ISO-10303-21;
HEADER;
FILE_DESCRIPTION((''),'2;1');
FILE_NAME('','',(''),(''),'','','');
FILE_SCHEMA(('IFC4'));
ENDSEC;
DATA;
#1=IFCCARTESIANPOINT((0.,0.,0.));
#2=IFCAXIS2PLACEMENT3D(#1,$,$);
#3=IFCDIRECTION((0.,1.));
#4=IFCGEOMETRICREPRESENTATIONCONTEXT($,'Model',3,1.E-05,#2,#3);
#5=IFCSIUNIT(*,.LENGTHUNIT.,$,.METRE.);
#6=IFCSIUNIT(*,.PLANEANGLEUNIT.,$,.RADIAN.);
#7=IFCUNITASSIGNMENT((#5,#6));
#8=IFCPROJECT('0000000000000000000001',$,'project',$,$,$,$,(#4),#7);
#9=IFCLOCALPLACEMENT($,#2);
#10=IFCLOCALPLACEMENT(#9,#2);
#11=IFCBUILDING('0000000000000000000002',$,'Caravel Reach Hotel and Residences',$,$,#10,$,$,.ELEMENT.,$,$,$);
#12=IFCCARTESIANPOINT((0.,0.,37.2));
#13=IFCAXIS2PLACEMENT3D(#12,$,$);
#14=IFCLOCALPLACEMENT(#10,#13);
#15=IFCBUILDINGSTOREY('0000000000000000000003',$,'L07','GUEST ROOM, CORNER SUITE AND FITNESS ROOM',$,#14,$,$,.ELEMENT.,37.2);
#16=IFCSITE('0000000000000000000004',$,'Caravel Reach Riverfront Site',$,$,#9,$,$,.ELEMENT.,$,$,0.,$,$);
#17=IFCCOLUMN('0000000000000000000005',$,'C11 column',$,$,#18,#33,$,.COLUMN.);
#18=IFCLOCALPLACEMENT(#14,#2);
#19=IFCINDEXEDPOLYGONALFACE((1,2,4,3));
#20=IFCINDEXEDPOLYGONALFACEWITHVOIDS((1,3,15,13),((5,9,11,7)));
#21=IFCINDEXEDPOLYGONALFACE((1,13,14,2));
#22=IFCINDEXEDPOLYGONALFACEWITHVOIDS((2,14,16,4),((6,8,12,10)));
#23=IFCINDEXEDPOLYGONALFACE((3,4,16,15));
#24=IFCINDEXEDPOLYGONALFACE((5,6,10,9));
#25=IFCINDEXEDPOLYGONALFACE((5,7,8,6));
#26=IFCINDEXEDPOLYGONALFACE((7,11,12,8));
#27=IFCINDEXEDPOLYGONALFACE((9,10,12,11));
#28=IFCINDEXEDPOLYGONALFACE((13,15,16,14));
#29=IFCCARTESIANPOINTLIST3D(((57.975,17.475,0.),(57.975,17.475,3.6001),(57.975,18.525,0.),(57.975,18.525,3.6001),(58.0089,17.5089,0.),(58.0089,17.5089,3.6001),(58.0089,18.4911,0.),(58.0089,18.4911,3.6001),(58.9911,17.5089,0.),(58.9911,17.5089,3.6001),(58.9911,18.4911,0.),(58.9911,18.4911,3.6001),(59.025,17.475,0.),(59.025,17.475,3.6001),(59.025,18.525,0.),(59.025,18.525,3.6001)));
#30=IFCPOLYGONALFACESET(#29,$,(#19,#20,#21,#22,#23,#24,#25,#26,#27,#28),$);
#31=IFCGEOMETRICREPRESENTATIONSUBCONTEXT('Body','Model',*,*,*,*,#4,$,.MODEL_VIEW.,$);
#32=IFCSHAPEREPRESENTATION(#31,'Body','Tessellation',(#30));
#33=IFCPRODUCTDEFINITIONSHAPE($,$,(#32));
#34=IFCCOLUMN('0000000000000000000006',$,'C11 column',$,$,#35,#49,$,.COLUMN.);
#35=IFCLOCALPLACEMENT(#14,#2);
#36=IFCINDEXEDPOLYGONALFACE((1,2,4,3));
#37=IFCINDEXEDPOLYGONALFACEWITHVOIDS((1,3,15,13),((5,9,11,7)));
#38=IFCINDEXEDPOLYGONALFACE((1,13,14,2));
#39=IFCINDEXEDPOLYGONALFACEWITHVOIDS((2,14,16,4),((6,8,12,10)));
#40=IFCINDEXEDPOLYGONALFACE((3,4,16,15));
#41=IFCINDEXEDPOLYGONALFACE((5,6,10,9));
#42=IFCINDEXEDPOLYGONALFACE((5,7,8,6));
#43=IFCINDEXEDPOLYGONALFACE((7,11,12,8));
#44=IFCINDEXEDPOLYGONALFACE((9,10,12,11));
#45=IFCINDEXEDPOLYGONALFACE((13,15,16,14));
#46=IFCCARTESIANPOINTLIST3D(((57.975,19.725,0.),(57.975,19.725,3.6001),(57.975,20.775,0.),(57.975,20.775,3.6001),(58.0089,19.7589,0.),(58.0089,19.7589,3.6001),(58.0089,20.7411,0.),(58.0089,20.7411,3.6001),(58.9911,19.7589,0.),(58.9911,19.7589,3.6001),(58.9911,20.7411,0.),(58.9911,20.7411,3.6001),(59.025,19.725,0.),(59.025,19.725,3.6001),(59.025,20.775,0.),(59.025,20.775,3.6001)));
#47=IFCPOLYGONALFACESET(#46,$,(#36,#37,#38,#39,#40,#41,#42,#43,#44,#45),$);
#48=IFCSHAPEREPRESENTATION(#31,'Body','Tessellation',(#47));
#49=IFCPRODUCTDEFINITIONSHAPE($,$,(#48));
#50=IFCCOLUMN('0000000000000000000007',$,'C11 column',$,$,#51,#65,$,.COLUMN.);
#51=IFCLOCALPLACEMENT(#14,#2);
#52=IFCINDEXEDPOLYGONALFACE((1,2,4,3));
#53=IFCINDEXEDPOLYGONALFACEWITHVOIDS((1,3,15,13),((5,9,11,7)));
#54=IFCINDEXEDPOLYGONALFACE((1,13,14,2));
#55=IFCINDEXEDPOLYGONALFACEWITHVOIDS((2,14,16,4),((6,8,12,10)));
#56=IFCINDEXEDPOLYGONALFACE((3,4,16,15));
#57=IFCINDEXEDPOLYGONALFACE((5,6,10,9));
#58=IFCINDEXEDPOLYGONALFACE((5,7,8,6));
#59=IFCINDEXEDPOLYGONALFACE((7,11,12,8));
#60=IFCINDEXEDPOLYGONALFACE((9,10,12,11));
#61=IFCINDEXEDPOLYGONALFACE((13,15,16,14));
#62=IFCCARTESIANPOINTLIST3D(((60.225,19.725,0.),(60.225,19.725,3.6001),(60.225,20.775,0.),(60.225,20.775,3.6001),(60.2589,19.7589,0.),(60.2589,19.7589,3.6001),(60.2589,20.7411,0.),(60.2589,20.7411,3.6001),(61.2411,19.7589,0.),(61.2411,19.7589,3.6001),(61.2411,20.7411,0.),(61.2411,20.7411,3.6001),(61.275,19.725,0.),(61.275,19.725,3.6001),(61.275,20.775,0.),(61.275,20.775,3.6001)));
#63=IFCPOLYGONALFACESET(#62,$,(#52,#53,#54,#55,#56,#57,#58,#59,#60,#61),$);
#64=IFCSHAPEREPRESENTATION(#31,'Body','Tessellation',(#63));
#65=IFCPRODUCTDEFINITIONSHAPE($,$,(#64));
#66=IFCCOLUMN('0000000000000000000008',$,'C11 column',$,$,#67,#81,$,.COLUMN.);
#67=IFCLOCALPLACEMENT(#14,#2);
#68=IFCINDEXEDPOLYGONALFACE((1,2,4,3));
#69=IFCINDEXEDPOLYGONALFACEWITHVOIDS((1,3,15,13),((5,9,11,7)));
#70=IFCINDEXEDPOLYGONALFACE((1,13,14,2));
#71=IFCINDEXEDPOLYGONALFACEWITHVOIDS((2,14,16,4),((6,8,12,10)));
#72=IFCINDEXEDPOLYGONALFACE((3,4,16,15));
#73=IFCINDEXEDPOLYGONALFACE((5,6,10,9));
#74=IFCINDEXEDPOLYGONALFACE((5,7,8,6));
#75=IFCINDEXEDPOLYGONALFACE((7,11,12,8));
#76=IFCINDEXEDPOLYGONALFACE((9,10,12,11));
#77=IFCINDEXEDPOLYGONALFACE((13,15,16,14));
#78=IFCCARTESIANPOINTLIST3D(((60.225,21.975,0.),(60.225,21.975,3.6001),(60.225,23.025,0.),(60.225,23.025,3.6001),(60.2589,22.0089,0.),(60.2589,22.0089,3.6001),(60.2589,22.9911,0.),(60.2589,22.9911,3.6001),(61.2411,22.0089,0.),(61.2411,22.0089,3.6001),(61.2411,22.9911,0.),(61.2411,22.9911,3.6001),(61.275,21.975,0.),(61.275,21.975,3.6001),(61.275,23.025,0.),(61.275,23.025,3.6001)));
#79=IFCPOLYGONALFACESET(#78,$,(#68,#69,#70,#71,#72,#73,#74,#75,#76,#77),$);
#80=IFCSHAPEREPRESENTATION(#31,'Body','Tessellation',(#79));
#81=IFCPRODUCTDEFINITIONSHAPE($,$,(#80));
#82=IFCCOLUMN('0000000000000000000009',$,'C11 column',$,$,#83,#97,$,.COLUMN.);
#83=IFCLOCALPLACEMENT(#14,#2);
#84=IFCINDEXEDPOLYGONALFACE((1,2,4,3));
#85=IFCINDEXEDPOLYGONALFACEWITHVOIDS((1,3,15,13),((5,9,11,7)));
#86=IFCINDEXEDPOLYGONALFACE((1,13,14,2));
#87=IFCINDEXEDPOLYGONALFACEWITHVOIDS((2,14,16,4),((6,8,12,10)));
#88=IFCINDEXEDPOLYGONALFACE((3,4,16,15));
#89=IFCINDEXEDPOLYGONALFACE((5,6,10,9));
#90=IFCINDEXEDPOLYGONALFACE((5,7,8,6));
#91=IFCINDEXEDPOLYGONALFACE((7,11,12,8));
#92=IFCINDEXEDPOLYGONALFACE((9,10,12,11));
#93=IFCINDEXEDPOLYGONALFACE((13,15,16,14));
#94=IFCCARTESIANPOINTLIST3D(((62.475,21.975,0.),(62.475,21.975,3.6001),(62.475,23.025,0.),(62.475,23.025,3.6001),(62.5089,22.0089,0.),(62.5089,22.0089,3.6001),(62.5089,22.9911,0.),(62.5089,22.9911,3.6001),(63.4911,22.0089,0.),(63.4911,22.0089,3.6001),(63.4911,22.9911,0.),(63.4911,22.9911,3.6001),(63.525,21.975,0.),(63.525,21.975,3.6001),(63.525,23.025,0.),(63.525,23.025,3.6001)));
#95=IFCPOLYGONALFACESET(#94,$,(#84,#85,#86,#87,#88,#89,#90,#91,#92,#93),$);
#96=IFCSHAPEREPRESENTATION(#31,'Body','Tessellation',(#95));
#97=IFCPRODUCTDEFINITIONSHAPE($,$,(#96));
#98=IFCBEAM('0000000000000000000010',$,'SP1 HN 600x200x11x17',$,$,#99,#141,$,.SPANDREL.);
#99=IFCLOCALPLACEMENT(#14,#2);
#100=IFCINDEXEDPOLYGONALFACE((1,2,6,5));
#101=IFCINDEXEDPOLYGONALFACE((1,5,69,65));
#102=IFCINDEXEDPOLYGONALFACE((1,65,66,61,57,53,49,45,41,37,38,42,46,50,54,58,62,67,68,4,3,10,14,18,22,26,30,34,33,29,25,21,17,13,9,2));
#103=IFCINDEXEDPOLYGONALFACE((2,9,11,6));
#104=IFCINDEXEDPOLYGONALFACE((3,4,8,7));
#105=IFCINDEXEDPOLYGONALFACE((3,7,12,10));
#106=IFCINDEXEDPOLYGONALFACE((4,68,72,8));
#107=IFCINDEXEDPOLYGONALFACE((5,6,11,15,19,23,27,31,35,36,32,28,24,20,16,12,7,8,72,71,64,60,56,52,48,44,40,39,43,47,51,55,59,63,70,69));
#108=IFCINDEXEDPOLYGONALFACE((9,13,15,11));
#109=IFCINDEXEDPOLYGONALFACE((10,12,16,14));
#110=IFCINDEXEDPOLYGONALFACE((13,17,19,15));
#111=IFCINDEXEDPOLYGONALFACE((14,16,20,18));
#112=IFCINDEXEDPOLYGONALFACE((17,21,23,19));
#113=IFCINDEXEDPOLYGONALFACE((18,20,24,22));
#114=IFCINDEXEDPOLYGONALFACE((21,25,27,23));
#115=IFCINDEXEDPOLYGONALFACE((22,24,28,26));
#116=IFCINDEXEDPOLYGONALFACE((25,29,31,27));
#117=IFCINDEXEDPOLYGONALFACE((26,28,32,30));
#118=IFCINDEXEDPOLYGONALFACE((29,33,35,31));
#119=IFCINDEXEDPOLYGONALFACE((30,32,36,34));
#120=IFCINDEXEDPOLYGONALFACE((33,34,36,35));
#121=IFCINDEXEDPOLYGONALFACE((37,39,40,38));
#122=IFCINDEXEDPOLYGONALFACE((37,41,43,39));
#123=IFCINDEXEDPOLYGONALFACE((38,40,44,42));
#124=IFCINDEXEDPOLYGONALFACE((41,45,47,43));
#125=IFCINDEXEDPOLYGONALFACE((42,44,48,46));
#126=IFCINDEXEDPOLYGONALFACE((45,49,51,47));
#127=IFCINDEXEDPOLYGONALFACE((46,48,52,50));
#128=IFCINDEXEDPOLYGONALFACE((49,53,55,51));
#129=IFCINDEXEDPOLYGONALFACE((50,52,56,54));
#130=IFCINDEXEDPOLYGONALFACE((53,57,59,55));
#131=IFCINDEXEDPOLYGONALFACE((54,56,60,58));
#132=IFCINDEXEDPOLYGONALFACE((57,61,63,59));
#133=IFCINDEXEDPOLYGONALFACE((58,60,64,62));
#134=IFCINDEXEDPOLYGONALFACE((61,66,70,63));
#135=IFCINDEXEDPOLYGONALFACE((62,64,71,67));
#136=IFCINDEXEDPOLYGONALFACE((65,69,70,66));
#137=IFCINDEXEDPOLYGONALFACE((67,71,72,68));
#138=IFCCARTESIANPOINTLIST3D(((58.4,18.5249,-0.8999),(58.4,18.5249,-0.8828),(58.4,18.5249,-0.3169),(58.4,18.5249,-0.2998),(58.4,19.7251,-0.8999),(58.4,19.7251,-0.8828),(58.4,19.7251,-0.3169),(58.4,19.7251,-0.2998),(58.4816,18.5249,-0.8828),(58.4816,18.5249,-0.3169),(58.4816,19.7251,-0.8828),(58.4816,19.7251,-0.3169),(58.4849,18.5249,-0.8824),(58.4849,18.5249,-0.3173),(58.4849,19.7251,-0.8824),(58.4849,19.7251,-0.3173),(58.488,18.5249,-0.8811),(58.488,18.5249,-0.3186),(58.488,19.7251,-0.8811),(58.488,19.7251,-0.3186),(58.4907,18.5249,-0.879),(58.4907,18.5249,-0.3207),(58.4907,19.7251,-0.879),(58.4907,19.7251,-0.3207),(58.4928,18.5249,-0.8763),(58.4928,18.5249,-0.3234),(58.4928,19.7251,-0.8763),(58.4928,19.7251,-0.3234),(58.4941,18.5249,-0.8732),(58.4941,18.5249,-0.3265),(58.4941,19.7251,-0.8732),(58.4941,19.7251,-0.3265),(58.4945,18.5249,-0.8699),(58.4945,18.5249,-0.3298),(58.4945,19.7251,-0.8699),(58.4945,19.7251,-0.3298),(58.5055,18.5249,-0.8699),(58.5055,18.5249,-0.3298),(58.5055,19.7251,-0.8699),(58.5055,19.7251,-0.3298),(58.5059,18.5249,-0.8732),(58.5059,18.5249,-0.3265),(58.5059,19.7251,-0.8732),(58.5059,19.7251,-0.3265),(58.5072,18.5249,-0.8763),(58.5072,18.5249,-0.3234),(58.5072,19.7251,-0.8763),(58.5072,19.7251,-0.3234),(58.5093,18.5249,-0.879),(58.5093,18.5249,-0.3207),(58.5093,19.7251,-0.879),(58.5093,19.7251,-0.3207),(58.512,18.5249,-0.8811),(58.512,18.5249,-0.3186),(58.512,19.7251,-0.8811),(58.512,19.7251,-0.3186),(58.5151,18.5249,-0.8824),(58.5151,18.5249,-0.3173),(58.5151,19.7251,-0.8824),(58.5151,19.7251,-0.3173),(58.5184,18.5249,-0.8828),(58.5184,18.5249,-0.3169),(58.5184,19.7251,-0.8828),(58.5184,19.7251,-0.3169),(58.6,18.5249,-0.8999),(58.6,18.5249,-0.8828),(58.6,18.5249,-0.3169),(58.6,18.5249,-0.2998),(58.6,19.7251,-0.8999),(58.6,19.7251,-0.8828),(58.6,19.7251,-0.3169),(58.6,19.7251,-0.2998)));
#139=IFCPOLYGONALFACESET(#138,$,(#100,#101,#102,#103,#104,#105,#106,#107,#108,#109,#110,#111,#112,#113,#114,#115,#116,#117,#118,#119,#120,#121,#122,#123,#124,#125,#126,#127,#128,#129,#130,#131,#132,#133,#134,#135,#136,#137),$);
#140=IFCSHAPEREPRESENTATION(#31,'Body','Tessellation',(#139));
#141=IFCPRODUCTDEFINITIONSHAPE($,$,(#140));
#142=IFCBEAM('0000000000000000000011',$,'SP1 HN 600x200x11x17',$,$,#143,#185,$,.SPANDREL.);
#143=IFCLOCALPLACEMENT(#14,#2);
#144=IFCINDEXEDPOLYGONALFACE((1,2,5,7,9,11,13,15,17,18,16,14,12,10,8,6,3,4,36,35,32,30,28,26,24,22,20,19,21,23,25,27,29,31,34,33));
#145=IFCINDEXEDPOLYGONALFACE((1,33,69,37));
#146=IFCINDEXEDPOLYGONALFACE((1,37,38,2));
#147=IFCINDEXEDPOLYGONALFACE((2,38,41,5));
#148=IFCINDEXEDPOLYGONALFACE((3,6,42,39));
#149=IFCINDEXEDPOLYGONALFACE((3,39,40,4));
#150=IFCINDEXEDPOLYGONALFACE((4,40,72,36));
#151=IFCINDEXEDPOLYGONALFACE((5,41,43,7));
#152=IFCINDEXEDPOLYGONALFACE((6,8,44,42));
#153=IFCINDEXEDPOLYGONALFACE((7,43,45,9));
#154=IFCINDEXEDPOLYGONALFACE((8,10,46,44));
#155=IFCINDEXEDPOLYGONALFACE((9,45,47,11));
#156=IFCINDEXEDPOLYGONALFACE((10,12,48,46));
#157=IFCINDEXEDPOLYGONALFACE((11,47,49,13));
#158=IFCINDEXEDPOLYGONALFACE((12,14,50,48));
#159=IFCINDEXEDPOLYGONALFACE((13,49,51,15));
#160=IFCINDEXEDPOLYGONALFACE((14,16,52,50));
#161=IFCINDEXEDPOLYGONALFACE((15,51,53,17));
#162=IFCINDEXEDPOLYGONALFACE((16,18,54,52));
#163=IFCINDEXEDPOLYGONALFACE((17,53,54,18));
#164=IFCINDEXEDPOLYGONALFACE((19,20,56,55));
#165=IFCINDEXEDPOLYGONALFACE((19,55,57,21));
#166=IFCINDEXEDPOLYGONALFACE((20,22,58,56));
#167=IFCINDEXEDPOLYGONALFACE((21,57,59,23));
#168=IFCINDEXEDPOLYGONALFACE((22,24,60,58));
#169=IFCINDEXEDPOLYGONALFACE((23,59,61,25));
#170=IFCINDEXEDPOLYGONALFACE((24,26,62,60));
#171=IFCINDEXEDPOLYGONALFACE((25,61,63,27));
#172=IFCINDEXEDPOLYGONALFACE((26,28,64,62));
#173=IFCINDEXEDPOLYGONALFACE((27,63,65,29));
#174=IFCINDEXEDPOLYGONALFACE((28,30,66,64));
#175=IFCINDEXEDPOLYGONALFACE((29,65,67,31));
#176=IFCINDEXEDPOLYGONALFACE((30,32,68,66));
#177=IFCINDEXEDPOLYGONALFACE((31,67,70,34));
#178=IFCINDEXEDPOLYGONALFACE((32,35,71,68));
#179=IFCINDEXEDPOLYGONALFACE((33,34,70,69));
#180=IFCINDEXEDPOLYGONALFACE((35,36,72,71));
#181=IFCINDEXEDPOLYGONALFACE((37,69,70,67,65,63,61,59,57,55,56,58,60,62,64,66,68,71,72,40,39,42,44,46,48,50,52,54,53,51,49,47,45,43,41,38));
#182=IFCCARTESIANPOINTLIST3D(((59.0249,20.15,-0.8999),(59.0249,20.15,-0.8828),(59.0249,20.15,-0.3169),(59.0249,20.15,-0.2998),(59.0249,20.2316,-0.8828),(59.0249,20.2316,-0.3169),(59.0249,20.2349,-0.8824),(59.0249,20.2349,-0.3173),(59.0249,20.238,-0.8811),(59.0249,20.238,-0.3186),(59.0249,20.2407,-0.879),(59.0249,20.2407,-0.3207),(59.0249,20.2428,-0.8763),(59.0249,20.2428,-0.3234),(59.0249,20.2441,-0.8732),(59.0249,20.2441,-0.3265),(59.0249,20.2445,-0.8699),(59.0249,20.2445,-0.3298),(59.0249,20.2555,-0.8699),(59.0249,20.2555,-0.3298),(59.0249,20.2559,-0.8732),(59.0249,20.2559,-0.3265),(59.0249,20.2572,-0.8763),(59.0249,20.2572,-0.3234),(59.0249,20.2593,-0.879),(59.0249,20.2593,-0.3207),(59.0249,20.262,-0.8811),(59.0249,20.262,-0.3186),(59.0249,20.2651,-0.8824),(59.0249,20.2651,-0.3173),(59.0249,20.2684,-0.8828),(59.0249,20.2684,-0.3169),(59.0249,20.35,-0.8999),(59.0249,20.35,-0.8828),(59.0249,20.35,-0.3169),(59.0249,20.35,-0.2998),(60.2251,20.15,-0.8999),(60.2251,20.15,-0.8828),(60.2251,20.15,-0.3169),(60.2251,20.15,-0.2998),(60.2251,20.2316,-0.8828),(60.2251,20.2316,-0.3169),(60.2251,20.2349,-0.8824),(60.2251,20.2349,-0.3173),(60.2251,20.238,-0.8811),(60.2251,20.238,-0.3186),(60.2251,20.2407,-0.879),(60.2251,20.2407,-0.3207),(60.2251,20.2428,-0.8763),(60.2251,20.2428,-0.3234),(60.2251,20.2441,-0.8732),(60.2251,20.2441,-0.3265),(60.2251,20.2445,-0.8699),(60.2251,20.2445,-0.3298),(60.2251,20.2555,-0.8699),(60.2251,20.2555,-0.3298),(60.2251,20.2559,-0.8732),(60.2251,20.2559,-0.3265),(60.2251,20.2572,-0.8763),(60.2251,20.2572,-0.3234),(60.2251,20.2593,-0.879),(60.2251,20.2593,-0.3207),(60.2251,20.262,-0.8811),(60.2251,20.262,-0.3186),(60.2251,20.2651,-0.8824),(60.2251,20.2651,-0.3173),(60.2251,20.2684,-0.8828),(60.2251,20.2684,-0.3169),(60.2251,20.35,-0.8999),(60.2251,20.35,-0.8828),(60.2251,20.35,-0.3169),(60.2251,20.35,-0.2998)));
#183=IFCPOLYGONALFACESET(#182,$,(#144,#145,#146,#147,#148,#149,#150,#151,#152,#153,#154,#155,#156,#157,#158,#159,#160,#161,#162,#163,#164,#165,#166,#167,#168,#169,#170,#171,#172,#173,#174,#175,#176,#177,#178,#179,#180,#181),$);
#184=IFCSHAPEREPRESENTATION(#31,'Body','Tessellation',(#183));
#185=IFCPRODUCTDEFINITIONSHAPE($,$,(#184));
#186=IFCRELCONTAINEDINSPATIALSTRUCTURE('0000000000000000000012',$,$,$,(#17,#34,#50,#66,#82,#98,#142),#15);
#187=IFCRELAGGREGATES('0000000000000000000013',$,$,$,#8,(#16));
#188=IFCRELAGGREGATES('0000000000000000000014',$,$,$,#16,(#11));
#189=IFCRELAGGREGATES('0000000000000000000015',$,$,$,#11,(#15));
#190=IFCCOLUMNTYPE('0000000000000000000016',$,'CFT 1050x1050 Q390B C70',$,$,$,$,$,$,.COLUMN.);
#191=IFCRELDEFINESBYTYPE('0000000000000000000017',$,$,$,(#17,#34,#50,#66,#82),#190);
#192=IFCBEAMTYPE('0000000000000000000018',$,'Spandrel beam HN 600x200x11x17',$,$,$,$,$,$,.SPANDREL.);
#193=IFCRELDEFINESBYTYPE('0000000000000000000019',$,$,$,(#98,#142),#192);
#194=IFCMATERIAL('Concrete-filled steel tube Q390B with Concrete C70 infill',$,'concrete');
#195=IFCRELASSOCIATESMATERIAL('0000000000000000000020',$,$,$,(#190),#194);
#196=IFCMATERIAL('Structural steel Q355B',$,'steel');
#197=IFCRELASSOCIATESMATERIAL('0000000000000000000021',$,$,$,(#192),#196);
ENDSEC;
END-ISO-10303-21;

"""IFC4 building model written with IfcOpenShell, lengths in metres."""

from ifc_helpers import new_model, si_unit, direction, frame, origin, origin_2d, place, context, subcontext, project, spatial, hollow_rectangle, i_section, extrude, material, material_profile, profile_set, type_object, element, save


model = new_model("IFC4")

# Units and contexts
model_context = context("Model", 3, precision=1e-05, world=origin(), true_north=direction((0.0, 1.0)))
body_context = subcontext(model_context, "Body", "Model", "MODEL_VIEW")
ifc_project = project(units=[si_unit("LENGTHUNIT", "METRE"), si_unit("PLANEANGLEUNIT", "RADIAN")], contexts=[model_context])

# Site, building, storey
site_placement = place(None, origin())
site = spatial("IfcSite", under=ifc_project, at=site_placement, Name="Caravel Reach Riverfront Site", CompositionType="ELEMENT", RefElevation=0.0)
building_placement = place(site_placement, origin())
building = spatial("IfcBuilding", under=site, at=building_placement, Name="Caravel Reach Hotel and Residences", CompositionType="ELEMENT")
storey_placement = place(building_placement, frame((0.0, 0.0, 37.2)))
storey = spatial("IfcBuildingStorey", under=building, at=storey_placement, Name="L07", Description="GUEST ROOM, CORNER SUITE AND FITNESS ROOM", CompositionType="ELEMENT", Elevation=37.2)

# Columns
ifc_material_1 = material(Name="Concrete-filled steel tube Q390B with Concrete C70 infill", Category="concrete")
ifc_material_profile_1 = material_profile(ifc_material_1, hollow_rectangle(XDim=1.05, YDim=1.05, WallThickness=0.0339, at=origin_2d()), Name="RHS 1050x1050x34")
ifc_profile_set_1 = profile_set([ifc_material_profile_1], Name="Concrete-filled steel tube Q390B with Concrete C70 infill")
column_type = type_object("IfcColumnType", Name="CFT 1050x1050 Q390B C70", PredefinedType="COLUMN", material=ifc_profile_set_1)
for number, where, z_axis, x_axis, name in (
    (1, (58.5, 18.0, 0.0), (0.0, 0.0, 1.0), (1.0, 0.0, 0.0), "C11 column"),
    (2, (58.5, 20.25, 0.0), (0.0, 0.0, 1.0), (1.0, 0.0, 0.0), "C11 column"),
    (3, (60.75, 20.25, 0.0), (0.0, 0.0, 1.0), (1.0, 0.0, 0.0), "C11 column"),
    (4, (60.75, 22.5, 0.0), (0.0, 0.0, 1.0), (1.0, 0.0, 0.0), "C11 column"),
    (5, (63.0, 22.5, 0.0), (0.0, 0.0, 1.0), (1.0, 0.0, 0.0), "C11 column"),
):
    element("IfcColumn", number, at=place(storey_placement, frame(where, z_axis=z_axis, x_axis=x_axis)), inside=storey, type_object=column_type, Name=name, PredefinedType="COLUMN", context=body_context, shape_type="SweptSolid", body=[
        extrude(hollow_rectangle(XDim=1.05, YDim=1.05, WallThickness=0.0339, at=origin_2d()), origin(), (0.0, 0.0, 1.0), 3.6001),
    ])

# Beams
ifc_material_2 = material(Name="Structural steel Q355B", Category="steel")
ifc_material_profile_2 = material_profile(ifc_material_2, i_section(OverallWidth=0.2, OverallDepth=0.6001, WebThickness=0.011, FlangeThickness=0.0171, FilletRadius=0.0129, at=origin_2d()), Name="HN 600x200x11x17")
ifc_profile_set_2 = profile_set([ifc_material_profile_2], Name="Structural steel Q355B")
beam_type = type_object("IfcBeamType", Name="Spandrel beam HN 600x200x11x17", PredefinedType="SPANDREL", material=ifc_profile_set_2)
for number, where, z_axis, x_axis, name in (
    (6, (58.5, 18.5249, -0.5999), (0.0, 1.0, 0.0), (-1.0, 0.0, 0.0), "SP1 HN 600x200x11x17"),
    (7, (59.0249, 20.25, -0.5999), (1.0, 0.0, 0.0), (0.0, 1.0, 0.0), "SP1 HN 600x200x11x17"),
):
    element("IfcBeam", number, at=place(storey_placement, frame(where, z_axis=z_axis, x_axis=x_axis)), inside=storey, type_object=beam_type, Name=name, PredefinedType="SPANDREL", context=body_context, shape_type="SweptSolid", body=[
        extrude(i_section(OverallWidth=0.2, OverallDepth=0.6001, WebThickness=0.011, FlangeThickness=0.0171, FilletRadius=0.0129, at=origin_2d()), origin(), (0.0, 0.0, 1.0), 1.2002),
    ])

save(model, "model.ifc")
